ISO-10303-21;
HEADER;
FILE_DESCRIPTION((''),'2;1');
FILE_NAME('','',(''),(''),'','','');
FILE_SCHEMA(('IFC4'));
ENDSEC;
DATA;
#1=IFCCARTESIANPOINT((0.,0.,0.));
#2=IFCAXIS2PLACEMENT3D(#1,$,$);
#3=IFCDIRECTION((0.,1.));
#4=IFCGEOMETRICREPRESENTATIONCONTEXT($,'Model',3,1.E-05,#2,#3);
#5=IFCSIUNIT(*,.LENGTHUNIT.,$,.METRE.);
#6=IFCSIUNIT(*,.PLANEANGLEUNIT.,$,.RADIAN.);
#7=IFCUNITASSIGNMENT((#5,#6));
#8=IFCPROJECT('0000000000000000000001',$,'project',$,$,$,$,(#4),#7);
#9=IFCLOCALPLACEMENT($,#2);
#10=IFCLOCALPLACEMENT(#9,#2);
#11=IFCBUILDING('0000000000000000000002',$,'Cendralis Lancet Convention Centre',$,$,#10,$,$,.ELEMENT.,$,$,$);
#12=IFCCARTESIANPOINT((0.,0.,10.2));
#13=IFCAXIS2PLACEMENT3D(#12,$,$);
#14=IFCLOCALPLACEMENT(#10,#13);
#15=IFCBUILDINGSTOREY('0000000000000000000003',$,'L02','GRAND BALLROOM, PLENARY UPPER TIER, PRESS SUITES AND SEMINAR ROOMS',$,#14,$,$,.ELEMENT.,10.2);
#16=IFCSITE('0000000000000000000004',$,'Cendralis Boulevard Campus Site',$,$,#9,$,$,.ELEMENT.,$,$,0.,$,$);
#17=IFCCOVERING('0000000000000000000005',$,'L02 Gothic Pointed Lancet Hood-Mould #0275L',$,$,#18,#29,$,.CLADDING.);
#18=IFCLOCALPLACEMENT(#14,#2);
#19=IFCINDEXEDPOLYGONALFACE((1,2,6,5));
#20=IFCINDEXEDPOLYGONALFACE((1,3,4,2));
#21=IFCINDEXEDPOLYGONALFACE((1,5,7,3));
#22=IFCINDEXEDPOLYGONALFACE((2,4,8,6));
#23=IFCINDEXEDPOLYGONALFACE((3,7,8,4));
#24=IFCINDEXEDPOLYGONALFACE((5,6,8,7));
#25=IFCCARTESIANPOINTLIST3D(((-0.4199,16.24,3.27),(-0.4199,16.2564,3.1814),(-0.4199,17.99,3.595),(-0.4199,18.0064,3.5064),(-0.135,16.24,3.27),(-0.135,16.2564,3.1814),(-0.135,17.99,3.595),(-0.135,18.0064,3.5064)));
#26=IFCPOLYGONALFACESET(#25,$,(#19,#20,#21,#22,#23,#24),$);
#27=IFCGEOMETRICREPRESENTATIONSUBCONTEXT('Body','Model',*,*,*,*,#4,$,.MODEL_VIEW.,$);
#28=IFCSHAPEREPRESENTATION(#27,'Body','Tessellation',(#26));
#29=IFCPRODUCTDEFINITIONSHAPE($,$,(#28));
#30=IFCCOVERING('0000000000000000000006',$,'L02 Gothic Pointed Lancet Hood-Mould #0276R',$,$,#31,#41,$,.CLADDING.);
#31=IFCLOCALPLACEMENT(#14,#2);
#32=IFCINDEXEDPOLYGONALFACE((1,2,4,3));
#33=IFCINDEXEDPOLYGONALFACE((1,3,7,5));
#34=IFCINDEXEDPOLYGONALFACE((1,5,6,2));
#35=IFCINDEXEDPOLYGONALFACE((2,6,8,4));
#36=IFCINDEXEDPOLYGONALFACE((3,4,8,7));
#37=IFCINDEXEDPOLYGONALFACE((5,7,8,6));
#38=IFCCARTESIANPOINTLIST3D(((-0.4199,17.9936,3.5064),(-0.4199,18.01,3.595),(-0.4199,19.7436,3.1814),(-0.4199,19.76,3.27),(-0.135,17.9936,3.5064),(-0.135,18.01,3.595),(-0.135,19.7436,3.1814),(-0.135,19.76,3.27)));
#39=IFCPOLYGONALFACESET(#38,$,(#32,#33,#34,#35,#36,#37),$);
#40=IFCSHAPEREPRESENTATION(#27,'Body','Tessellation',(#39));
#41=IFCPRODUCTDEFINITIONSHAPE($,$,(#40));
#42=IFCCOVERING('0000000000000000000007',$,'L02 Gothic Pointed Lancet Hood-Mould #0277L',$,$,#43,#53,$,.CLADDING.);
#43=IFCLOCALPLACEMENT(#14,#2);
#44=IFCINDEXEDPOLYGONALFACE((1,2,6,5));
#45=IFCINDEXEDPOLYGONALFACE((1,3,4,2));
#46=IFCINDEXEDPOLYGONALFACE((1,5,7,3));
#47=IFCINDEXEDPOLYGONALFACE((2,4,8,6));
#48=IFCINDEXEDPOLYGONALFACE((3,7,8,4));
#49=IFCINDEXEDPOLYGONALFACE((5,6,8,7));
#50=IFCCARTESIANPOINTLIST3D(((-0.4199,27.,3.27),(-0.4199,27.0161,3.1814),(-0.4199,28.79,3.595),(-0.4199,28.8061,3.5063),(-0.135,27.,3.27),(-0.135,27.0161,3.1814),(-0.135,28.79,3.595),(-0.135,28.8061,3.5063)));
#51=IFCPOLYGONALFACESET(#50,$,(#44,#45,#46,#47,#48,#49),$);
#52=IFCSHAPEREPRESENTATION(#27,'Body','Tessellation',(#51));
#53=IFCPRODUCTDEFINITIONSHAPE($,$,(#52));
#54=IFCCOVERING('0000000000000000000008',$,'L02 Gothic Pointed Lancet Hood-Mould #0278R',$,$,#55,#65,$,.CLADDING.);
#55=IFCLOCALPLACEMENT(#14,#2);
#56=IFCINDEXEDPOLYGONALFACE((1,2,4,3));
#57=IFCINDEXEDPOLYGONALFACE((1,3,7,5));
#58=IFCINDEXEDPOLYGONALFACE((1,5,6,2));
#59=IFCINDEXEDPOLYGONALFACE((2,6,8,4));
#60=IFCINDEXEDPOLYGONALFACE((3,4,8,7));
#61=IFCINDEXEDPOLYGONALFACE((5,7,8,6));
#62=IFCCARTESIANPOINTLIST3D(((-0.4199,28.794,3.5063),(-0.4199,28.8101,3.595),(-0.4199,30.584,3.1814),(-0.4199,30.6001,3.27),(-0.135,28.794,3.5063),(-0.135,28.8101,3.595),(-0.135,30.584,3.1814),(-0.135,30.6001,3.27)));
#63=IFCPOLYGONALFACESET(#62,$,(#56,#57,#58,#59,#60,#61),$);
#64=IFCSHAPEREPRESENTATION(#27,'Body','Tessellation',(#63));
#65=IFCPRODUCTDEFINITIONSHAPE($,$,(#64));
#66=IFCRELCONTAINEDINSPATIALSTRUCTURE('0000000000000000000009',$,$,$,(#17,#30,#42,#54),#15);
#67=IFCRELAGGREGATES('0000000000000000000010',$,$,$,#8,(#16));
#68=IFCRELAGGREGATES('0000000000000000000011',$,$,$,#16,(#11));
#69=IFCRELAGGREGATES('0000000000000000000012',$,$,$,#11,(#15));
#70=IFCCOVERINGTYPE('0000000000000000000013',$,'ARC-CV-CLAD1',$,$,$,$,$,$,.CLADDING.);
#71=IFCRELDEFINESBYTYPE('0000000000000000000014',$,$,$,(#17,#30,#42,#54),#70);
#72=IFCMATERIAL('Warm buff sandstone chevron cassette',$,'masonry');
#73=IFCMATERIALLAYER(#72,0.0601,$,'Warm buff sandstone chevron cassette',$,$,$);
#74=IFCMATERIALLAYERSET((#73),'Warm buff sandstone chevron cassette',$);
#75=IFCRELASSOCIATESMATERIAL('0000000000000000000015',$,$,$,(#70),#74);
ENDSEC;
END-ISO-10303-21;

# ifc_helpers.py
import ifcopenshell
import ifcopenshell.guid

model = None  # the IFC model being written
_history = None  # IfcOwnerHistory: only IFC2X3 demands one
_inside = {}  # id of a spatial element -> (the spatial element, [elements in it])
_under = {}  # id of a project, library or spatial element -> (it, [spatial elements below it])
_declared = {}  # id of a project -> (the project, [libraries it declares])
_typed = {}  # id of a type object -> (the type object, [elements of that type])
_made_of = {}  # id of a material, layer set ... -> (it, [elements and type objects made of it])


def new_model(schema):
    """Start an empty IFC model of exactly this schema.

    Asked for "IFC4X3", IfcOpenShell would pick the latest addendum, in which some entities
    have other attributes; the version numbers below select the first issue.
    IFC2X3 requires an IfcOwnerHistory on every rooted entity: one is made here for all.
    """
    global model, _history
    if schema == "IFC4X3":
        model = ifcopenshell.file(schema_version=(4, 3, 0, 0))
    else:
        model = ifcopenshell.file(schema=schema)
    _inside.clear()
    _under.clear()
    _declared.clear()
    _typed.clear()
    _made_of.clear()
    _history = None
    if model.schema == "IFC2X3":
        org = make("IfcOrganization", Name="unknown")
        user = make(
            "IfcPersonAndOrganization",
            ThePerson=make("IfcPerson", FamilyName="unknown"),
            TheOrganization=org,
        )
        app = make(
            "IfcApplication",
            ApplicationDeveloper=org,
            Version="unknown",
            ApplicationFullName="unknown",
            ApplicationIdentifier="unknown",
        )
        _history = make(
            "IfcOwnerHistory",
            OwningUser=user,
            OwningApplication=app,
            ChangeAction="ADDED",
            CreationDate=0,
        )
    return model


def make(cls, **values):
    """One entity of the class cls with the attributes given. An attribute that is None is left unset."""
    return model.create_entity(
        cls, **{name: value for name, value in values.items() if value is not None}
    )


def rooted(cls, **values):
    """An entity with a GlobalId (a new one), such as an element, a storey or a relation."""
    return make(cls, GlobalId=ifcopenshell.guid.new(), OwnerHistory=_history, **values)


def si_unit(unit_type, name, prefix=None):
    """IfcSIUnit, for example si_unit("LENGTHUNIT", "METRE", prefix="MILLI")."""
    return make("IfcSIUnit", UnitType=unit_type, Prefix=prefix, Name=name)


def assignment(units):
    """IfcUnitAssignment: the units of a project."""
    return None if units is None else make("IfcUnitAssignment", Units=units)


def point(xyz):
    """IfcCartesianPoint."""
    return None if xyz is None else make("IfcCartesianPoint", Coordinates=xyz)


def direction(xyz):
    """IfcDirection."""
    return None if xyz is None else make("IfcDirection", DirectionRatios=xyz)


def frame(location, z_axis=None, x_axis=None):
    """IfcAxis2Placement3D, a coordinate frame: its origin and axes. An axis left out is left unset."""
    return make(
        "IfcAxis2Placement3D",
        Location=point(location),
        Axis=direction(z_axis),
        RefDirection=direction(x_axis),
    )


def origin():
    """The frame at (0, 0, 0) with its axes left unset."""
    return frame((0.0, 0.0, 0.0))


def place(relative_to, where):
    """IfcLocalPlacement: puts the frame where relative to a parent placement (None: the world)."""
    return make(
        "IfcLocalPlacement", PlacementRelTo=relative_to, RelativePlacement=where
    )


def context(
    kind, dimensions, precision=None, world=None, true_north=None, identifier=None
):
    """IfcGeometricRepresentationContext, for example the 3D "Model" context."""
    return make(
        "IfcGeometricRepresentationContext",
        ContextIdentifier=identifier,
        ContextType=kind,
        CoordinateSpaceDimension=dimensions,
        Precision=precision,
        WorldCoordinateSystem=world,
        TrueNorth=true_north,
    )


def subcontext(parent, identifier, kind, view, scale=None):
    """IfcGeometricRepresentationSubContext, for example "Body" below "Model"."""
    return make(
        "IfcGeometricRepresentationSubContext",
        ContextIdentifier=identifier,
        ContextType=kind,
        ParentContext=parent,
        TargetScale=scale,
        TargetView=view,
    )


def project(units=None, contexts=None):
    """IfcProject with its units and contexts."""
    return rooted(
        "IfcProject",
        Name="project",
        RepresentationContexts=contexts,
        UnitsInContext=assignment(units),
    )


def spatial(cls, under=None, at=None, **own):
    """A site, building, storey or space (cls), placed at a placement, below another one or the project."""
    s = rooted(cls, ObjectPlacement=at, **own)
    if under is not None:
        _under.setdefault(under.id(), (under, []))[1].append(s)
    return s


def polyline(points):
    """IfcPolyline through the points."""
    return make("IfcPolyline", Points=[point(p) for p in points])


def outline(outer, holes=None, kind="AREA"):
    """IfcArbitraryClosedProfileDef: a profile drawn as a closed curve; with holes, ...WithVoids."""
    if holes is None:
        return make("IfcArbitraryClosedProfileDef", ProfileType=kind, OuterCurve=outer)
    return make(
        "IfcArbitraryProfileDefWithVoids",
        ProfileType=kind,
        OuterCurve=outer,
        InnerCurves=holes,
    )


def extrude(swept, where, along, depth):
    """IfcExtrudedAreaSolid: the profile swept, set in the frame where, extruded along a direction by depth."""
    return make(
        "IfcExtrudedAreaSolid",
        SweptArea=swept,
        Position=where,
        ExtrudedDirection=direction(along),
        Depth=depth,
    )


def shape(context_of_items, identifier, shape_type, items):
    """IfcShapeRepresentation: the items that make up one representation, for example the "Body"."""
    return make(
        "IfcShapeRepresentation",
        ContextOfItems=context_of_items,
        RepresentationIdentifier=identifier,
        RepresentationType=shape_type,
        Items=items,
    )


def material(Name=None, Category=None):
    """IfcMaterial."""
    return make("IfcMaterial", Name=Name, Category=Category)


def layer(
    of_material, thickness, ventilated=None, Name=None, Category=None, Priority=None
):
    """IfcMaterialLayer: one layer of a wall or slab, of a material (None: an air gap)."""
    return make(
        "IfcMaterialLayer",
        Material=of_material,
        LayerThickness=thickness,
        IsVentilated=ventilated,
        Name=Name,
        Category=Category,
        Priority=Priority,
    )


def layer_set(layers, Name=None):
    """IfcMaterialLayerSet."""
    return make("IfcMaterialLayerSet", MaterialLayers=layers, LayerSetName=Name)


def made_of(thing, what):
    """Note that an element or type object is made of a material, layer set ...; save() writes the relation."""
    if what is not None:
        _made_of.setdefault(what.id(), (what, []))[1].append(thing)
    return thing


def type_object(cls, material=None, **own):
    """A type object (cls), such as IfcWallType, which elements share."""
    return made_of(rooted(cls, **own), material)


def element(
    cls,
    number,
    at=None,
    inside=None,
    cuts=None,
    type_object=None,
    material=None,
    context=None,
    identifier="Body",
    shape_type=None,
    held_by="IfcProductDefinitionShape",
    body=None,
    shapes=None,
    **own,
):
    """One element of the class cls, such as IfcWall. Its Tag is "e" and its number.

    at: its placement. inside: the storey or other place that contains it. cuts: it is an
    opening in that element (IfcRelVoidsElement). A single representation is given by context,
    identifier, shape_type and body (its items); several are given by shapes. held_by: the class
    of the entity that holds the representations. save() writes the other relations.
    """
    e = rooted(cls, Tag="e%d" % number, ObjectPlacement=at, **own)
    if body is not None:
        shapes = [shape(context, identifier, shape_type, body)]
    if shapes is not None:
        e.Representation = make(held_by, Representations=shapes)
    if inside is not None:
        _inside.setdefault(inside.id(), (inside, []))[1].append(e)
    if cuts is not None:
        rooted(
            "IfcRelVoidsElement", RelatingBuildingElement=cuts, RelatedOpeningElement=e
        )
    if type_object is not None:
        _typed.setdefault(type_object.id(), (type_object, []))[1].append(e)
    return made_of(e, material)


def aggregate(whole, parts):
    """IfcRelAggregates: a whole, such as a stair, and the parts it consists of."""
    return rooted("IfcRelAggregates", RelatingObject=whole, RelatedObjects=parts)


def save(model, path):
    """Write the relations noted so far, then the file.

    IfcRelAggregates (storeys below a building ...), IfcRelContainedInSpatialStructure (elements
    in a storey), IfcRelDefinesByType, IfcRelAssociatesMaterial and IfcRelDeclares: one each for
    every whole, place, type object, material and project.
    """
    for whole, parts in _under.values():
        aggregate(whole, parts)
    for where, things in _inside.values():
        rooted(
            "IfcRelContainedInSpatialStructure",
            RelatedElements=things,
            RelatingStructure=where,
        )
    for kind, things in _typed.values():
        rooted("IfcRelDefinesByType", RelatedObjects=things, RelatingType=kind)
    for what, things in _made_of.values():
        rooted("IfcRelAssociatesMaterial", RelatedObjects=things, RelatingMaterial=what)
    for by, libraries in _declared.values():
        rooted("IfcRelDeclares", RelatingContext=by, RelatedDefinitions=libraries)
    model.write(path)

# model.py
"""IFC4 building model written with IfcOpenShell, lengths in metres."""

from ifc_helpers import new_model, si_unit, direction, frame, origin, place, context, subcontext, project, spatial, polyline, outline, extrude, material, layer, layer_set, type_object, element, save


model = new_model("IFC4")

# Units and contexts
model_context = context("Model", 3, precision=1e-05, world=origin(), true_north=direction((0.0, 1.0)))
body_context = subcontext(model_context, "Body", "Model", "MODEL_VIEW")
ifc_project = project(units=[si_unit("LENGTHUNIT", "METRE"), si_unit("PLANEANGLEUNIT", "RADIAN")], contexts=[model_context])

# Site, building, storey
site_placement = place(None, origin())
site = spatial("IfcSite", under=ifc_project, at=site_placement, Name="Cendralis Boulevard Campus Site", CompositionType="ELEMENT", RefElevation=0.0)
building_placement = place(site_placement, origin())
building = spatial("IfcBuilding", under=site, at=building_placement, Name="Cendralis Lancet Convention Centre", CompositionType="ELEMENT")
storey_placement = place(building_placement, frame((0.0, 0.0, 10.2)))
storey = spatial("IfcBuildingStorey", under=building, at=storey_placement, Name="L02", Description="GRAND BALLROOM, PLENARY UPPER TIER, PRESS SUITES AND SEMINAR ROOMS", CompositionType="ELEMENT", Elevation=10.2)

# Coverings
ifc_material_1 = material(Name="Warm buff sandstone chevron cassette", Category="masonry")
ifc_layer_1 = layer(ifc_material_1, 0.0601, Name="Warm buff sandstone chevron cassette")
ifc_layer_set_1 = layer_set([ifc_layer_1], Name="Warm buff sandstone chevron cassette")
covering_type = type_object("IfcCoveringType", Name="ARC-CV-CLAD1", PredefinedType="CLADDING", material=ifc_layer_set_1)
for number, where, z_axis, x_axis, name in (
    (1, (-0.4199, 16.24, 3.27), (0.0, -0.182566, 0.983194), (1.0, 0.0, 0.0), "L02 Gothic Pointed Lancet Hood-Mould #0275L"),
    (2, (-0.4199, 18.01, 3.595), (0.0, 0.182566, 0.983194), (1.0, 0.0, 0.0), "L02 Gothic Pointed Lancet Hood-Mould #0276R"),
):
    element("IfcCovering", number, at=place(storey_placement, frame(where, z_axis=z_axis, x_axis=x_axis)), inside=storey, type_object=covering_type, Name=name, PredefinedType="CLADDING", context=body_context, shape_type="SweptSolid", body=[
        extrude(outline(polyline([(0.0, 0.0), (0.2849, 0.0), (0.2849, 1.7799), (0.0, 1.7799), (0.0, 0.0)])), origin(), (0.0, 0.0, -1.0), 0.0901),
    ])
for number, where, z_axis, x_axis, name in (
    (3, (-0.4199, 27.0, 3.27), (0.0, -0.178614, 0.983919), (1.0, 0.0, 0.0), "L02 Gothic Pointed Lancet Hood-Mould #0277L"),
    (4, (-0.4199, 28.8101, 3.595), (0.0, 0.178614, 0.983919), (1.0, 0.0, 0.0), "L02 Gothic Pointed Lancet Hood-Mould #0278R"),
):
    element("IfcCovering", number, at=place(storey_placement, frame(where, z_axis=z_axis, x_axis=x_axis)), inside=storey, type_object=covering_type, Name=name, PredefinedType="CLADDING", context=body_context, shape_type="SweptSolid", body=[
        extrude(outline(polyline([(0.0, 0.0), (0.2849, 0.0), (0.2849, 1.8193), (0.0, 1.8193), (0.0, 0.0)])), origin(), (0.0, 0.0, -1.0), 0.0901),
    ])

save(model, "model.ifc")
